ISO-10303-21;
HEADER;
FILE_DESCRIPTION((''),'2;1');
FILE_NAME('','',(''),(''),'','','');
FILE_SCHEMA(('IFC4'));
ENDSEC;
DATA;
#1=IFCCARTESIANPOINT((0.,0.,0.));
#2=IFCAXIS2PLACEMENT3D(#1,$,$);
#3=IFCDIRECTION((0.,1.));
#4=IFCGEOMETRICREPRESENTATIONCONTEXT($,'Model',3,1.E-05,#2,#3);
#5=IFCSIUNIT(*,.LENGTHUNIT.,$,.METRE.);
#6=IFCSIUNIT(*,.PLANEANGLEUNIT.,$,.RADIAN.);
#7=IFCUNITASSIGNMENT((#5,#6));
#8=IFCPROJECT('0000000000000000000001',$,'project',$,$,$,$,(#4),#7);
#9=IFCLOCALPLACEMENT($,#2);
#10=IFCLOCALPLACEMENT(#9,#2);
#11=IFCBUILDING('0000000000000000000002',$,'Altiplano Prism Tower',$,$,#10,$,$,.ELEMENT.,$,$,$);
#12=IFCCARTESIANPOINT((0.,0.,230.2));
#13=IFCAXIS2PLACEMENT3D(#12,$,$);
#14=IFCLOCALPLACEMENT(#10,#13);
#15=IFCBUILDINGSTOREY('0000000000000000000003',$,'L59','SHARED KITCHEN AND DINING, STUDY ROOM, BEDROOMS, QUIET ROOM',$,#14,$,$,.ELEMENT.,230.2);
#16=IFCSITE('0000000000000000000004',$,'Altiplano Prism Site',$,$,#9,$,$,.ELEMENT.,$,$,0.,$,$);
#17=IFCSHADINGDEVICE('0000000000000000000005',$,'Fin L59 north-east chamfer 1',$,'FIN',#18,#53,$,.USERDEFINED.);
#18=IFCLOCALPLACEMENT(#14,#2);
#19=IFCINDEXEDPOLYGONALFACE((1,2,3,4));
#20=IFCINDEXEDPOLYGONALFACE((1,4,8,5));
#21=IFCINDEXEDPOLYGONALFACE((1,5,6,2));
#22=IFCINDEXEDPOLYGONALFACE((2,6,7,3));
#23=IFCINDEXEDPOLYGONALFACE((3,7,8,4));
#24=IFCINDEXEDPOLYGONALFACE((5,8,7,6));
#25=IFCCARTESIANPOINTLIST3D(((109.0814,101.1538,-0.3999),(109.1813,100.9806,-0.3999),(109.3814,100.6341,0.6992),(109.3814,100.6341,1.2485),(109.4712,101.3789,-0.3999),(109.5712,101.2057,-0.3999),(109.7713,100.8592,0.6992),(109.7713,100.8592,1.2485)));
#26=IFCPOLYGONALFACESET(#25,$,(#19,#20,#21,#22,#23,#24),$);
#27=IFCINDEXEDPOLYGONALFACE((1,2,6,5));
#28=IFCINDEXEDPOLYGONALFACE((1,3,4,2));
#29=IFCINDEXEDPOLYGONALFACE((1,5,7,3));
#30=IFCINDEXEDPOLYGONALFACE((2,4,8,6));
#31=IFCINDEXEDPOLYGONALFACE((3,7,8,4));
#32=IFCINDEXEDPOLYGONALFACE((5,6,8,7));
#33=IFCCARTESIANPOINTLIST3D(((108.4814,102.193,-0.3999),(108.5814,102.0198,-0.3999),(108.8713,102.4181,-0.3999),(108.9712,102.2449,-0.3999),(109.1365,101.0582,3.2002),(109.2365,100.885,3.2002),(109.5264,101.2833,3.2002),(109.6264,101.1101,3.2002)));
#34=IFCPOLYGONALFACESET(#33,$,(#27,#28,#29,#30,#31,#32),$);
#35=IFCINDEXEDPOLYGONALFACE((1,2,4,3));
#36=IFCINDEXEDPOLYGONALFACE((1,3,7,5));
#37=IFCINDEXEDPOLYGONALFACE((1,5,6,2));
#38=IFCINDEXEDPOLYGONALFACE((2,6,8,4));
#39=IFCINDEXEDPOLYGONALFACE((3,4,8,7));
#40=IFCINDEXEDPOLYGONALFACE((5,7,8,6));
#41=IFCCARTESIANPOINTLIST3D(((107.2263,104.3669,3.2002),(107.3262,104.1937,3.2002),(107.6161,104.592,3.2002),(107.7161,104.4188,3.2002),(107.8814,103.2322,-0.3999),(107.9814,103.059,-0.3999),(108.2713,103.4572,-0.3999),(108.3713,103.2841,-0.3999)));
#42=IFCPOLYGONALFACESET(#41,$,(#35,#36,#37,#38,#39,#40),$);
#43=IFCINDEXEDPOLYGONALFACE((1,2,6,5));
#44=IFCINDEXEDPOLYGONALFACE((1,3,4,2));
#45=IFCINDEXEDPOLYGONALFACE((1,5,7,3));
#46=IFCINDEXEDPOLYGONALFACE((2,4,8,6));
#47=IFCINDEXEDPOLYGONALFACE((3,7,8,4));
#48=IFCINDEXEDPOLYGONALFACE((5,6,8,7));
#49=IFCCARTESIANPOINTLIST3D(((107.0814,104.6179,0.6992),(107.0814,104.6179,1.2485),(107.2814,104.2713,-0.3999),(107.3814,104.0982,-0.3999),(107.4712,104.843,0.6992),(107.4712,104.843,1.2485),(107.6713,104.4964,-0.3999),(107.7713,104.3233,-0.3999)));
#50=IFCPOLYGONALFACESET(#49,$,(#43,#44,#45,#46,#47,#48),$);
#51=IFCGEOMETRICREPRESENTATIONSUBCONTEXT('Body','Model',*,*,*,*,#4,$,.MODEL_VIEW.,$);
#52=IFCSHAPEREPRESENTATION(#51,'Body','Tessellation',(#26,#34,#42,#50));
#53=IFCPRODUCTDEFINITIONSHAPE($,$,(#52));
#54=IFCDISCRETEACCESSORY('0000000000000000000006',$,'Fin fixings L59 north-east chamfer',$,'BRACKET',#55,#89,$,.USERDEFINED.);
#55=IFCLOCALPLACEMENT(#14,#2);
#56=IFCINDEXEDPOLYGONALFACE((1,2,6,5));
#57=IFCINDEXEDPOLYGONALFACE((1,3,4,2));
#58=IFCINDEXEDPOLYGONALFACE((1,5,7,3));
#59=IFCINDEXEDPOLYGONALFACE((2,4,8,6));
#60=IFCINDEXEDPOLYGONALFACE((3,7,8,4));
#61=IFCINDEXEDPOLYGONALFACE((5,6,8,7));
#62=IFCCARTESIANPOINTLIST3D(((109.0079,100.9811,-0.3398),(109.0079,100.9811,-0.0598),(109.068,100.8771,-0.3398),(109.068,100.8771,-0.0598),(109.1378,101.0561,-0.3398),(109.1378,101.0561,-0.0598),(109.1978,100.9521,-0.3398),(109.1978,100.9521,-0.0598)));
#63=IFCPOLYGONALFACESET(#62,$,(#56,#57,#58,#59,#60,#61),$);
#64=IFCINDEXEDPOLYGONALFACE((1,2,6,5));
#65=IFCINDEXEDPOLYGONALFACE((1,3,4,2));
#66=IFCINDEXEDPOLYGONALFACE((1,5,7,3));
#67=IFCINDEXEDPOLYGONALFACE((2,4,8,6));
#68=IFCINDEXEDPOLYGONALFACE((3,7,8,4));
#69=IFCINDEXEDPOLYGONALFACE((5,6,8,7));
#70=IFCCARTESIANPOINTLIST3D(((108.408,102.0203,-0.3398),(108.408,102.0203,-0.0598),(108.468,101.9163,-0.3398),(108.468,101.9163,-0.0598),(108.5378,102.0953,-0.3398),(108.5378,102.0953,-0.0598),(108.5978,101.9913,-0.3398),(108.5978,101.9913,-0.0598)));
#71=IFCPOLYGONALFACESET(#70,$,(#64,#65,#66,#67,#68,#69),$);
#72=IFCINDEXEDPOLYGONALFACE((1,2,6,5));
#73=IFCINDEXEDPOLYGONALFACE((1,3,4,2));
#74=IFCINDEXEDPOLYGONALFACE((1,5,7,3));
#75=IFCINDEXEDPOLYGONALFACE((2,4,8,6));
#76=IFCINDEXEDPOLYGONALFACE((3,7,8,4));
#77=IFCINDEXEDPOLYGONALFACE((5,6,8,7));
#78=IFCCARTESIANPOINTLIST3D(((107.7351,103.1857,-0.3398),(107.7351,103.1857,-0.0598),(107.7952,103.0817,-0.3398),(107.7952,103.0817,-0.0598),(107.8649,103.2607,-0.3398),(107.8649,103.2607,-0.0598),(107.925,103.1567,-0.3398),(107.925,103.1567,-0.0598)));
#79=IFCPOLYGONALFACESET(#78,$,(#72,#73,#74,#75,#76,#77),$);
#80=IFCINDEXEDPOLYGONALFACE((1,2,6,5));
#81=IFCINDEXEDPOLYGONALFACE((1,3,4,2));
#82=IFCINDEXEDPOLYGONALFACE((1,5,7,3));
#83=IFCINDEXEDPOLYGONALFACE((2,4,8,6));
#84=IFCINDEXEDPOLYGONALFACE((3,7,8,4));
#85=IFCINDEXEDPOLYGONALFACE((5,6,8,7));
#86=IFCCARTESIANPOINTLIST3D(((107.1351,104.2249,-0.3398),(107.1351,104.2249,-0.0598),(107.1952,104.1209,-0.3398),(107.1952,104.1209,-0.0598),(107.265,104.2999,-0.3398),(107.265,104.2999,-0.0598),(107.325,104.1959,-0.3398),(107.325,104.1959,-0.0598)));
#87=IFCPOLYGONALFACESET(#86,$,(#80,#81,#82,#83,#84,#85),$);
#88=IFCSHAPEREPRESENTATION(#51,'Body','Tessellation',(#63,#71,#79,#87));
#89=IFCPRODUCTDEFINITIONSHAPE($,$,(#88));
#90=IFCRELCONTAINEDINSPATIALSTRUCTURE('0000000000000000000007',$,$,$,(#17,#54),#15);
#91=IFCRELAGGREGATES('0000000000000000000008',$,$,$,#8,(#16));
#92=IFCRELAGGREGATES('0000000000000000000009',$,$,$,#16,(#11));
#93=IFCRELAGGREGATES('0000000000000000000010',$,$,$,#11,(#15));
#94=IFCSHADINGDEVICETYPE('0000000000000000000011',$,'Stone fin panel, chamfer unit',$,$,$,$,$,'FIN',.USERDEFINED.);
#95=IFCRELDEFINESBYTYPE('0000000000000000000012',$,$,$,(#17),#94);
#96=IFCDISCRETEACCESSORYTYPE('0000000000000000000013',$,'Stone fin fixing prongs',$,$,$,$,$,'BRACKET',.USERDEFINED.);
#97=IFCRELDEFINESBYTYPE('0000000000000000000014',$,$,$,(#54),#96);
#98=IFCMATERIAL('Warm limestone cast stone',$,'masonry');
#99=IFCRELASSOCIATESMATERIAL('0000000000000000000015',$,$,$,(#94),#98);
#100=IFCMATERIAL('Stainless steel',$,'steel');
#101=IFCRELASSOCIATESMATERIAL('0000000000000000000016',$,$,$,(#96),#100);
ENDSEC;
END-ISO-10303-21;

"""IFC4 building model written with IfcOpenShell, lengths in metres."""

from ifc_helpers import new_model, si_unit, direction, frame, origin, place, context, subcontext, project, spatial, polyline, outline, extrude, source, transform, mapped, material, type_object, element, save


model = new_model("IFC4")

# Units and contexts
model_context = context("Model", 3, precision=1e-05, world=origin(), true_north=direction((0.0, 1.0)))
body_context = subcontext(model_context, "Body", "Model", "MODEL_VIEW")
ifc_project = project(units=[si_unit("LENGTHUNIT", "METRE"), si_unit("PLANEANGLEUNIT", "RADIAN")], contexts=[model_context])

# Site, building, storey
site_placement = place(None, origin())
site = spatial("IfcSite", under=ifc_project, at=site_placement, Name="Altiplano Prism Site", CompositionType="ELEMENT", RefElevation=0.0)
building_placement = place(site_placement, origin())
building = spatial("IfcBuilding", under=site, at=building_placement, Name="Altiplano Prism Tower", CompositionType="ELEMENT")
storey_placement = place(building_placement, frame((0.0, 0.0, 230.2)))
storey = spatial("IfcBuildingStorey", under=building, at=storey_placement, Name="L59", Description="SHARED KITCHEN AND DINING, STUDY ROOM, BEDROOMS, QUIET ROOM", CompositionType="ELEMENT", Elevation=230.2)

# Shading device
ifc_material_1 = material(Name="Warm limestone cast stone", Category="masonry")
shading_device_type_1 = type_object("IfcShadingDeviceType", Name="Stone fin panel, chamfer unit", ElementType="FIN", PredefinedType="USERDEFINED", material=ifc_material_1)
shared_shape_1 = source(origin(), body_context, "Body", "SweptSolid", [
    extrude(outline(polyline([(-2.3, 1.6484), (-2.3, 1.0991), (-1.8999, 0.0), (-1.7, 0.0), (-2.3, 1.6484)])), frame((0.0, -0.1499, 0.0), z_axis=(0.0, -1.0, 0.0), x_axis=(1.0, 0.0, 0.0)), (0.0, 0.0, 1.0), 0.4502),
    extrude(outline(polyline([(-2.0103, 3.6001), (-0.7, 0.0), (-0.5, 0.0), (-1.8103, 3.6001), (-2.0103, 3.6001)])), frame((0.0, -0.1499, 0.0), z_axis=(0.0, -1.0, 0.0), x_axis=(1.0, 0.0, 0.0)), (0.0, 0.0, 1.0), 0.4502),
    extrude(outline(polyline([(1.8103, 3.6001), (0.5, 0.0), (0.7, 0.0), (2.0103, 3.6001), (1.8103, 3.6001)])), frame((0.0, -0.1499, 0.0), z_axis=(0.0, -1.0, 0.0), x_axis=(1.0, 0.0, 0.0)), (0.0, 0.0, 1.0), 0.4502),
    extrude(outline(polyline([(2.3, 1.0991), (2.3, 1.6484), (1.7, 0.0), (1.8999, 0.0), (2.3, 1.0991)])), frame((0.0, -0.1499, 0.0), z_axis=(0.0, -1.0, 0.0), x_axis=(1.0, 0.0, 0.0)), (0.0, 0.0, 1.0), 0.4502),
])
shading_device_1_placement = place(storey_placement, origin())
element("IfcShadingDevice", 1, at=shading_device_1_placement, inside=storey, type_object=shading_device_type_1, Name="Fin L59 north-east chamfer 1", ObjectType="FIN", PredefinedType="USERDEFINED", context=body_context, shape_type="MappedRepresentation", body=[
    mapped(shared_shape_1, transform((108.1016, 102.551, -0.3999), x_axis=(-0.5, 0.866025, 0.0), y_axis=(-0.866025, -0.5, 0.0), z_axis=(0.0, 0.0, 1.0))),
])

# Discrete accessory
ifc_material_2 = material(Name="Stainless steel", Category="steel")
discrete_accessory_type = type_object("IfcDiscreteAccessoryType", Name="Stone fin fixing prongs", ElementType="BRACKET", PredefinedType="USERDEFINED", material=ifc_material_2)
shared_shape_2 = source(origin(), body_context, "Body", "SweptSolid", [
    extrude(outline(polyline([(-1.9329, 0.0601), (-1.8127, 0.0601), (-1.8127, 0.3401), (-1.9329, 0.3401), (-1.9329, 0.0601)])), frame((0.0, 0.0, 0.0), z_axis=(0.0, -1.0, 0.0), x_axis=(1.0, 0.0, 0.0)), (0.0, 0.0, 1.0), 0.1499),
    extrude(outline(polyline([(-0.7329, 0.0601), (-0.6128, 0.0601), (-0.6128, 0.3401), (-0.7329, 0.3401), (-0.7329, 0.0601)])), frame((0.0, 0.0, 0.0), z_axis=(0.0, -1.0, 0.0), x_axis=(1.0, 0.0, 0.0)), (0.0, 0.0, 1.0), 0.1499),
    extrude(outline(polyline([(0.6128, 0.0601), (0.7329, 0.0601), (0.7329, 0.3401), (0.6128, 0.3401), (0.6128, 0.0601)])), frame((0.0, 0.0, 0.0), z_axis=(0.0, -1.0, 0.0), x_axis=(1.0, 0.0, 0.0)), (0.0, 0.0, 1.0), 0.1499),
    extrude(outline(polyline([(1.8127, 0.0601), (1.9329, 0.0601), (1.9329, 0.3401), (1.8127, 0.3401), (1.8127, 0.0601)])), frame((0.0, 0.0, 0.0), z_axis=(0.0, -1.0, 0.0), x_axis=(1.0, 0.0, 0.0)), (0.0, 0.0, 1.0), 0.1499),
])
discrete_accessory_1_placement = place(storey_placement, origin())
element("IfcDiscreteAccessory", 2, at=discrete_accessory_1_placement, inside=storey, type_object=discrete_accessory_type, Name="Fin fixings L59 north-east chamfer", ObjectType="BRACKET", PredefinedType="USERDEFINED", context=body_context, shape_type="MappedRepresentation", body=[
    mapped(shared_shape_2, transform((108.1016, 102.551, -0.3999), x_axis=(-0.5, 0.866025, 0.0), y_axis=(-0.866025, -0.5, 0.0), z_axis=(0.0, 0.0, 1.0))),
])

save(model, "model.ifc")
